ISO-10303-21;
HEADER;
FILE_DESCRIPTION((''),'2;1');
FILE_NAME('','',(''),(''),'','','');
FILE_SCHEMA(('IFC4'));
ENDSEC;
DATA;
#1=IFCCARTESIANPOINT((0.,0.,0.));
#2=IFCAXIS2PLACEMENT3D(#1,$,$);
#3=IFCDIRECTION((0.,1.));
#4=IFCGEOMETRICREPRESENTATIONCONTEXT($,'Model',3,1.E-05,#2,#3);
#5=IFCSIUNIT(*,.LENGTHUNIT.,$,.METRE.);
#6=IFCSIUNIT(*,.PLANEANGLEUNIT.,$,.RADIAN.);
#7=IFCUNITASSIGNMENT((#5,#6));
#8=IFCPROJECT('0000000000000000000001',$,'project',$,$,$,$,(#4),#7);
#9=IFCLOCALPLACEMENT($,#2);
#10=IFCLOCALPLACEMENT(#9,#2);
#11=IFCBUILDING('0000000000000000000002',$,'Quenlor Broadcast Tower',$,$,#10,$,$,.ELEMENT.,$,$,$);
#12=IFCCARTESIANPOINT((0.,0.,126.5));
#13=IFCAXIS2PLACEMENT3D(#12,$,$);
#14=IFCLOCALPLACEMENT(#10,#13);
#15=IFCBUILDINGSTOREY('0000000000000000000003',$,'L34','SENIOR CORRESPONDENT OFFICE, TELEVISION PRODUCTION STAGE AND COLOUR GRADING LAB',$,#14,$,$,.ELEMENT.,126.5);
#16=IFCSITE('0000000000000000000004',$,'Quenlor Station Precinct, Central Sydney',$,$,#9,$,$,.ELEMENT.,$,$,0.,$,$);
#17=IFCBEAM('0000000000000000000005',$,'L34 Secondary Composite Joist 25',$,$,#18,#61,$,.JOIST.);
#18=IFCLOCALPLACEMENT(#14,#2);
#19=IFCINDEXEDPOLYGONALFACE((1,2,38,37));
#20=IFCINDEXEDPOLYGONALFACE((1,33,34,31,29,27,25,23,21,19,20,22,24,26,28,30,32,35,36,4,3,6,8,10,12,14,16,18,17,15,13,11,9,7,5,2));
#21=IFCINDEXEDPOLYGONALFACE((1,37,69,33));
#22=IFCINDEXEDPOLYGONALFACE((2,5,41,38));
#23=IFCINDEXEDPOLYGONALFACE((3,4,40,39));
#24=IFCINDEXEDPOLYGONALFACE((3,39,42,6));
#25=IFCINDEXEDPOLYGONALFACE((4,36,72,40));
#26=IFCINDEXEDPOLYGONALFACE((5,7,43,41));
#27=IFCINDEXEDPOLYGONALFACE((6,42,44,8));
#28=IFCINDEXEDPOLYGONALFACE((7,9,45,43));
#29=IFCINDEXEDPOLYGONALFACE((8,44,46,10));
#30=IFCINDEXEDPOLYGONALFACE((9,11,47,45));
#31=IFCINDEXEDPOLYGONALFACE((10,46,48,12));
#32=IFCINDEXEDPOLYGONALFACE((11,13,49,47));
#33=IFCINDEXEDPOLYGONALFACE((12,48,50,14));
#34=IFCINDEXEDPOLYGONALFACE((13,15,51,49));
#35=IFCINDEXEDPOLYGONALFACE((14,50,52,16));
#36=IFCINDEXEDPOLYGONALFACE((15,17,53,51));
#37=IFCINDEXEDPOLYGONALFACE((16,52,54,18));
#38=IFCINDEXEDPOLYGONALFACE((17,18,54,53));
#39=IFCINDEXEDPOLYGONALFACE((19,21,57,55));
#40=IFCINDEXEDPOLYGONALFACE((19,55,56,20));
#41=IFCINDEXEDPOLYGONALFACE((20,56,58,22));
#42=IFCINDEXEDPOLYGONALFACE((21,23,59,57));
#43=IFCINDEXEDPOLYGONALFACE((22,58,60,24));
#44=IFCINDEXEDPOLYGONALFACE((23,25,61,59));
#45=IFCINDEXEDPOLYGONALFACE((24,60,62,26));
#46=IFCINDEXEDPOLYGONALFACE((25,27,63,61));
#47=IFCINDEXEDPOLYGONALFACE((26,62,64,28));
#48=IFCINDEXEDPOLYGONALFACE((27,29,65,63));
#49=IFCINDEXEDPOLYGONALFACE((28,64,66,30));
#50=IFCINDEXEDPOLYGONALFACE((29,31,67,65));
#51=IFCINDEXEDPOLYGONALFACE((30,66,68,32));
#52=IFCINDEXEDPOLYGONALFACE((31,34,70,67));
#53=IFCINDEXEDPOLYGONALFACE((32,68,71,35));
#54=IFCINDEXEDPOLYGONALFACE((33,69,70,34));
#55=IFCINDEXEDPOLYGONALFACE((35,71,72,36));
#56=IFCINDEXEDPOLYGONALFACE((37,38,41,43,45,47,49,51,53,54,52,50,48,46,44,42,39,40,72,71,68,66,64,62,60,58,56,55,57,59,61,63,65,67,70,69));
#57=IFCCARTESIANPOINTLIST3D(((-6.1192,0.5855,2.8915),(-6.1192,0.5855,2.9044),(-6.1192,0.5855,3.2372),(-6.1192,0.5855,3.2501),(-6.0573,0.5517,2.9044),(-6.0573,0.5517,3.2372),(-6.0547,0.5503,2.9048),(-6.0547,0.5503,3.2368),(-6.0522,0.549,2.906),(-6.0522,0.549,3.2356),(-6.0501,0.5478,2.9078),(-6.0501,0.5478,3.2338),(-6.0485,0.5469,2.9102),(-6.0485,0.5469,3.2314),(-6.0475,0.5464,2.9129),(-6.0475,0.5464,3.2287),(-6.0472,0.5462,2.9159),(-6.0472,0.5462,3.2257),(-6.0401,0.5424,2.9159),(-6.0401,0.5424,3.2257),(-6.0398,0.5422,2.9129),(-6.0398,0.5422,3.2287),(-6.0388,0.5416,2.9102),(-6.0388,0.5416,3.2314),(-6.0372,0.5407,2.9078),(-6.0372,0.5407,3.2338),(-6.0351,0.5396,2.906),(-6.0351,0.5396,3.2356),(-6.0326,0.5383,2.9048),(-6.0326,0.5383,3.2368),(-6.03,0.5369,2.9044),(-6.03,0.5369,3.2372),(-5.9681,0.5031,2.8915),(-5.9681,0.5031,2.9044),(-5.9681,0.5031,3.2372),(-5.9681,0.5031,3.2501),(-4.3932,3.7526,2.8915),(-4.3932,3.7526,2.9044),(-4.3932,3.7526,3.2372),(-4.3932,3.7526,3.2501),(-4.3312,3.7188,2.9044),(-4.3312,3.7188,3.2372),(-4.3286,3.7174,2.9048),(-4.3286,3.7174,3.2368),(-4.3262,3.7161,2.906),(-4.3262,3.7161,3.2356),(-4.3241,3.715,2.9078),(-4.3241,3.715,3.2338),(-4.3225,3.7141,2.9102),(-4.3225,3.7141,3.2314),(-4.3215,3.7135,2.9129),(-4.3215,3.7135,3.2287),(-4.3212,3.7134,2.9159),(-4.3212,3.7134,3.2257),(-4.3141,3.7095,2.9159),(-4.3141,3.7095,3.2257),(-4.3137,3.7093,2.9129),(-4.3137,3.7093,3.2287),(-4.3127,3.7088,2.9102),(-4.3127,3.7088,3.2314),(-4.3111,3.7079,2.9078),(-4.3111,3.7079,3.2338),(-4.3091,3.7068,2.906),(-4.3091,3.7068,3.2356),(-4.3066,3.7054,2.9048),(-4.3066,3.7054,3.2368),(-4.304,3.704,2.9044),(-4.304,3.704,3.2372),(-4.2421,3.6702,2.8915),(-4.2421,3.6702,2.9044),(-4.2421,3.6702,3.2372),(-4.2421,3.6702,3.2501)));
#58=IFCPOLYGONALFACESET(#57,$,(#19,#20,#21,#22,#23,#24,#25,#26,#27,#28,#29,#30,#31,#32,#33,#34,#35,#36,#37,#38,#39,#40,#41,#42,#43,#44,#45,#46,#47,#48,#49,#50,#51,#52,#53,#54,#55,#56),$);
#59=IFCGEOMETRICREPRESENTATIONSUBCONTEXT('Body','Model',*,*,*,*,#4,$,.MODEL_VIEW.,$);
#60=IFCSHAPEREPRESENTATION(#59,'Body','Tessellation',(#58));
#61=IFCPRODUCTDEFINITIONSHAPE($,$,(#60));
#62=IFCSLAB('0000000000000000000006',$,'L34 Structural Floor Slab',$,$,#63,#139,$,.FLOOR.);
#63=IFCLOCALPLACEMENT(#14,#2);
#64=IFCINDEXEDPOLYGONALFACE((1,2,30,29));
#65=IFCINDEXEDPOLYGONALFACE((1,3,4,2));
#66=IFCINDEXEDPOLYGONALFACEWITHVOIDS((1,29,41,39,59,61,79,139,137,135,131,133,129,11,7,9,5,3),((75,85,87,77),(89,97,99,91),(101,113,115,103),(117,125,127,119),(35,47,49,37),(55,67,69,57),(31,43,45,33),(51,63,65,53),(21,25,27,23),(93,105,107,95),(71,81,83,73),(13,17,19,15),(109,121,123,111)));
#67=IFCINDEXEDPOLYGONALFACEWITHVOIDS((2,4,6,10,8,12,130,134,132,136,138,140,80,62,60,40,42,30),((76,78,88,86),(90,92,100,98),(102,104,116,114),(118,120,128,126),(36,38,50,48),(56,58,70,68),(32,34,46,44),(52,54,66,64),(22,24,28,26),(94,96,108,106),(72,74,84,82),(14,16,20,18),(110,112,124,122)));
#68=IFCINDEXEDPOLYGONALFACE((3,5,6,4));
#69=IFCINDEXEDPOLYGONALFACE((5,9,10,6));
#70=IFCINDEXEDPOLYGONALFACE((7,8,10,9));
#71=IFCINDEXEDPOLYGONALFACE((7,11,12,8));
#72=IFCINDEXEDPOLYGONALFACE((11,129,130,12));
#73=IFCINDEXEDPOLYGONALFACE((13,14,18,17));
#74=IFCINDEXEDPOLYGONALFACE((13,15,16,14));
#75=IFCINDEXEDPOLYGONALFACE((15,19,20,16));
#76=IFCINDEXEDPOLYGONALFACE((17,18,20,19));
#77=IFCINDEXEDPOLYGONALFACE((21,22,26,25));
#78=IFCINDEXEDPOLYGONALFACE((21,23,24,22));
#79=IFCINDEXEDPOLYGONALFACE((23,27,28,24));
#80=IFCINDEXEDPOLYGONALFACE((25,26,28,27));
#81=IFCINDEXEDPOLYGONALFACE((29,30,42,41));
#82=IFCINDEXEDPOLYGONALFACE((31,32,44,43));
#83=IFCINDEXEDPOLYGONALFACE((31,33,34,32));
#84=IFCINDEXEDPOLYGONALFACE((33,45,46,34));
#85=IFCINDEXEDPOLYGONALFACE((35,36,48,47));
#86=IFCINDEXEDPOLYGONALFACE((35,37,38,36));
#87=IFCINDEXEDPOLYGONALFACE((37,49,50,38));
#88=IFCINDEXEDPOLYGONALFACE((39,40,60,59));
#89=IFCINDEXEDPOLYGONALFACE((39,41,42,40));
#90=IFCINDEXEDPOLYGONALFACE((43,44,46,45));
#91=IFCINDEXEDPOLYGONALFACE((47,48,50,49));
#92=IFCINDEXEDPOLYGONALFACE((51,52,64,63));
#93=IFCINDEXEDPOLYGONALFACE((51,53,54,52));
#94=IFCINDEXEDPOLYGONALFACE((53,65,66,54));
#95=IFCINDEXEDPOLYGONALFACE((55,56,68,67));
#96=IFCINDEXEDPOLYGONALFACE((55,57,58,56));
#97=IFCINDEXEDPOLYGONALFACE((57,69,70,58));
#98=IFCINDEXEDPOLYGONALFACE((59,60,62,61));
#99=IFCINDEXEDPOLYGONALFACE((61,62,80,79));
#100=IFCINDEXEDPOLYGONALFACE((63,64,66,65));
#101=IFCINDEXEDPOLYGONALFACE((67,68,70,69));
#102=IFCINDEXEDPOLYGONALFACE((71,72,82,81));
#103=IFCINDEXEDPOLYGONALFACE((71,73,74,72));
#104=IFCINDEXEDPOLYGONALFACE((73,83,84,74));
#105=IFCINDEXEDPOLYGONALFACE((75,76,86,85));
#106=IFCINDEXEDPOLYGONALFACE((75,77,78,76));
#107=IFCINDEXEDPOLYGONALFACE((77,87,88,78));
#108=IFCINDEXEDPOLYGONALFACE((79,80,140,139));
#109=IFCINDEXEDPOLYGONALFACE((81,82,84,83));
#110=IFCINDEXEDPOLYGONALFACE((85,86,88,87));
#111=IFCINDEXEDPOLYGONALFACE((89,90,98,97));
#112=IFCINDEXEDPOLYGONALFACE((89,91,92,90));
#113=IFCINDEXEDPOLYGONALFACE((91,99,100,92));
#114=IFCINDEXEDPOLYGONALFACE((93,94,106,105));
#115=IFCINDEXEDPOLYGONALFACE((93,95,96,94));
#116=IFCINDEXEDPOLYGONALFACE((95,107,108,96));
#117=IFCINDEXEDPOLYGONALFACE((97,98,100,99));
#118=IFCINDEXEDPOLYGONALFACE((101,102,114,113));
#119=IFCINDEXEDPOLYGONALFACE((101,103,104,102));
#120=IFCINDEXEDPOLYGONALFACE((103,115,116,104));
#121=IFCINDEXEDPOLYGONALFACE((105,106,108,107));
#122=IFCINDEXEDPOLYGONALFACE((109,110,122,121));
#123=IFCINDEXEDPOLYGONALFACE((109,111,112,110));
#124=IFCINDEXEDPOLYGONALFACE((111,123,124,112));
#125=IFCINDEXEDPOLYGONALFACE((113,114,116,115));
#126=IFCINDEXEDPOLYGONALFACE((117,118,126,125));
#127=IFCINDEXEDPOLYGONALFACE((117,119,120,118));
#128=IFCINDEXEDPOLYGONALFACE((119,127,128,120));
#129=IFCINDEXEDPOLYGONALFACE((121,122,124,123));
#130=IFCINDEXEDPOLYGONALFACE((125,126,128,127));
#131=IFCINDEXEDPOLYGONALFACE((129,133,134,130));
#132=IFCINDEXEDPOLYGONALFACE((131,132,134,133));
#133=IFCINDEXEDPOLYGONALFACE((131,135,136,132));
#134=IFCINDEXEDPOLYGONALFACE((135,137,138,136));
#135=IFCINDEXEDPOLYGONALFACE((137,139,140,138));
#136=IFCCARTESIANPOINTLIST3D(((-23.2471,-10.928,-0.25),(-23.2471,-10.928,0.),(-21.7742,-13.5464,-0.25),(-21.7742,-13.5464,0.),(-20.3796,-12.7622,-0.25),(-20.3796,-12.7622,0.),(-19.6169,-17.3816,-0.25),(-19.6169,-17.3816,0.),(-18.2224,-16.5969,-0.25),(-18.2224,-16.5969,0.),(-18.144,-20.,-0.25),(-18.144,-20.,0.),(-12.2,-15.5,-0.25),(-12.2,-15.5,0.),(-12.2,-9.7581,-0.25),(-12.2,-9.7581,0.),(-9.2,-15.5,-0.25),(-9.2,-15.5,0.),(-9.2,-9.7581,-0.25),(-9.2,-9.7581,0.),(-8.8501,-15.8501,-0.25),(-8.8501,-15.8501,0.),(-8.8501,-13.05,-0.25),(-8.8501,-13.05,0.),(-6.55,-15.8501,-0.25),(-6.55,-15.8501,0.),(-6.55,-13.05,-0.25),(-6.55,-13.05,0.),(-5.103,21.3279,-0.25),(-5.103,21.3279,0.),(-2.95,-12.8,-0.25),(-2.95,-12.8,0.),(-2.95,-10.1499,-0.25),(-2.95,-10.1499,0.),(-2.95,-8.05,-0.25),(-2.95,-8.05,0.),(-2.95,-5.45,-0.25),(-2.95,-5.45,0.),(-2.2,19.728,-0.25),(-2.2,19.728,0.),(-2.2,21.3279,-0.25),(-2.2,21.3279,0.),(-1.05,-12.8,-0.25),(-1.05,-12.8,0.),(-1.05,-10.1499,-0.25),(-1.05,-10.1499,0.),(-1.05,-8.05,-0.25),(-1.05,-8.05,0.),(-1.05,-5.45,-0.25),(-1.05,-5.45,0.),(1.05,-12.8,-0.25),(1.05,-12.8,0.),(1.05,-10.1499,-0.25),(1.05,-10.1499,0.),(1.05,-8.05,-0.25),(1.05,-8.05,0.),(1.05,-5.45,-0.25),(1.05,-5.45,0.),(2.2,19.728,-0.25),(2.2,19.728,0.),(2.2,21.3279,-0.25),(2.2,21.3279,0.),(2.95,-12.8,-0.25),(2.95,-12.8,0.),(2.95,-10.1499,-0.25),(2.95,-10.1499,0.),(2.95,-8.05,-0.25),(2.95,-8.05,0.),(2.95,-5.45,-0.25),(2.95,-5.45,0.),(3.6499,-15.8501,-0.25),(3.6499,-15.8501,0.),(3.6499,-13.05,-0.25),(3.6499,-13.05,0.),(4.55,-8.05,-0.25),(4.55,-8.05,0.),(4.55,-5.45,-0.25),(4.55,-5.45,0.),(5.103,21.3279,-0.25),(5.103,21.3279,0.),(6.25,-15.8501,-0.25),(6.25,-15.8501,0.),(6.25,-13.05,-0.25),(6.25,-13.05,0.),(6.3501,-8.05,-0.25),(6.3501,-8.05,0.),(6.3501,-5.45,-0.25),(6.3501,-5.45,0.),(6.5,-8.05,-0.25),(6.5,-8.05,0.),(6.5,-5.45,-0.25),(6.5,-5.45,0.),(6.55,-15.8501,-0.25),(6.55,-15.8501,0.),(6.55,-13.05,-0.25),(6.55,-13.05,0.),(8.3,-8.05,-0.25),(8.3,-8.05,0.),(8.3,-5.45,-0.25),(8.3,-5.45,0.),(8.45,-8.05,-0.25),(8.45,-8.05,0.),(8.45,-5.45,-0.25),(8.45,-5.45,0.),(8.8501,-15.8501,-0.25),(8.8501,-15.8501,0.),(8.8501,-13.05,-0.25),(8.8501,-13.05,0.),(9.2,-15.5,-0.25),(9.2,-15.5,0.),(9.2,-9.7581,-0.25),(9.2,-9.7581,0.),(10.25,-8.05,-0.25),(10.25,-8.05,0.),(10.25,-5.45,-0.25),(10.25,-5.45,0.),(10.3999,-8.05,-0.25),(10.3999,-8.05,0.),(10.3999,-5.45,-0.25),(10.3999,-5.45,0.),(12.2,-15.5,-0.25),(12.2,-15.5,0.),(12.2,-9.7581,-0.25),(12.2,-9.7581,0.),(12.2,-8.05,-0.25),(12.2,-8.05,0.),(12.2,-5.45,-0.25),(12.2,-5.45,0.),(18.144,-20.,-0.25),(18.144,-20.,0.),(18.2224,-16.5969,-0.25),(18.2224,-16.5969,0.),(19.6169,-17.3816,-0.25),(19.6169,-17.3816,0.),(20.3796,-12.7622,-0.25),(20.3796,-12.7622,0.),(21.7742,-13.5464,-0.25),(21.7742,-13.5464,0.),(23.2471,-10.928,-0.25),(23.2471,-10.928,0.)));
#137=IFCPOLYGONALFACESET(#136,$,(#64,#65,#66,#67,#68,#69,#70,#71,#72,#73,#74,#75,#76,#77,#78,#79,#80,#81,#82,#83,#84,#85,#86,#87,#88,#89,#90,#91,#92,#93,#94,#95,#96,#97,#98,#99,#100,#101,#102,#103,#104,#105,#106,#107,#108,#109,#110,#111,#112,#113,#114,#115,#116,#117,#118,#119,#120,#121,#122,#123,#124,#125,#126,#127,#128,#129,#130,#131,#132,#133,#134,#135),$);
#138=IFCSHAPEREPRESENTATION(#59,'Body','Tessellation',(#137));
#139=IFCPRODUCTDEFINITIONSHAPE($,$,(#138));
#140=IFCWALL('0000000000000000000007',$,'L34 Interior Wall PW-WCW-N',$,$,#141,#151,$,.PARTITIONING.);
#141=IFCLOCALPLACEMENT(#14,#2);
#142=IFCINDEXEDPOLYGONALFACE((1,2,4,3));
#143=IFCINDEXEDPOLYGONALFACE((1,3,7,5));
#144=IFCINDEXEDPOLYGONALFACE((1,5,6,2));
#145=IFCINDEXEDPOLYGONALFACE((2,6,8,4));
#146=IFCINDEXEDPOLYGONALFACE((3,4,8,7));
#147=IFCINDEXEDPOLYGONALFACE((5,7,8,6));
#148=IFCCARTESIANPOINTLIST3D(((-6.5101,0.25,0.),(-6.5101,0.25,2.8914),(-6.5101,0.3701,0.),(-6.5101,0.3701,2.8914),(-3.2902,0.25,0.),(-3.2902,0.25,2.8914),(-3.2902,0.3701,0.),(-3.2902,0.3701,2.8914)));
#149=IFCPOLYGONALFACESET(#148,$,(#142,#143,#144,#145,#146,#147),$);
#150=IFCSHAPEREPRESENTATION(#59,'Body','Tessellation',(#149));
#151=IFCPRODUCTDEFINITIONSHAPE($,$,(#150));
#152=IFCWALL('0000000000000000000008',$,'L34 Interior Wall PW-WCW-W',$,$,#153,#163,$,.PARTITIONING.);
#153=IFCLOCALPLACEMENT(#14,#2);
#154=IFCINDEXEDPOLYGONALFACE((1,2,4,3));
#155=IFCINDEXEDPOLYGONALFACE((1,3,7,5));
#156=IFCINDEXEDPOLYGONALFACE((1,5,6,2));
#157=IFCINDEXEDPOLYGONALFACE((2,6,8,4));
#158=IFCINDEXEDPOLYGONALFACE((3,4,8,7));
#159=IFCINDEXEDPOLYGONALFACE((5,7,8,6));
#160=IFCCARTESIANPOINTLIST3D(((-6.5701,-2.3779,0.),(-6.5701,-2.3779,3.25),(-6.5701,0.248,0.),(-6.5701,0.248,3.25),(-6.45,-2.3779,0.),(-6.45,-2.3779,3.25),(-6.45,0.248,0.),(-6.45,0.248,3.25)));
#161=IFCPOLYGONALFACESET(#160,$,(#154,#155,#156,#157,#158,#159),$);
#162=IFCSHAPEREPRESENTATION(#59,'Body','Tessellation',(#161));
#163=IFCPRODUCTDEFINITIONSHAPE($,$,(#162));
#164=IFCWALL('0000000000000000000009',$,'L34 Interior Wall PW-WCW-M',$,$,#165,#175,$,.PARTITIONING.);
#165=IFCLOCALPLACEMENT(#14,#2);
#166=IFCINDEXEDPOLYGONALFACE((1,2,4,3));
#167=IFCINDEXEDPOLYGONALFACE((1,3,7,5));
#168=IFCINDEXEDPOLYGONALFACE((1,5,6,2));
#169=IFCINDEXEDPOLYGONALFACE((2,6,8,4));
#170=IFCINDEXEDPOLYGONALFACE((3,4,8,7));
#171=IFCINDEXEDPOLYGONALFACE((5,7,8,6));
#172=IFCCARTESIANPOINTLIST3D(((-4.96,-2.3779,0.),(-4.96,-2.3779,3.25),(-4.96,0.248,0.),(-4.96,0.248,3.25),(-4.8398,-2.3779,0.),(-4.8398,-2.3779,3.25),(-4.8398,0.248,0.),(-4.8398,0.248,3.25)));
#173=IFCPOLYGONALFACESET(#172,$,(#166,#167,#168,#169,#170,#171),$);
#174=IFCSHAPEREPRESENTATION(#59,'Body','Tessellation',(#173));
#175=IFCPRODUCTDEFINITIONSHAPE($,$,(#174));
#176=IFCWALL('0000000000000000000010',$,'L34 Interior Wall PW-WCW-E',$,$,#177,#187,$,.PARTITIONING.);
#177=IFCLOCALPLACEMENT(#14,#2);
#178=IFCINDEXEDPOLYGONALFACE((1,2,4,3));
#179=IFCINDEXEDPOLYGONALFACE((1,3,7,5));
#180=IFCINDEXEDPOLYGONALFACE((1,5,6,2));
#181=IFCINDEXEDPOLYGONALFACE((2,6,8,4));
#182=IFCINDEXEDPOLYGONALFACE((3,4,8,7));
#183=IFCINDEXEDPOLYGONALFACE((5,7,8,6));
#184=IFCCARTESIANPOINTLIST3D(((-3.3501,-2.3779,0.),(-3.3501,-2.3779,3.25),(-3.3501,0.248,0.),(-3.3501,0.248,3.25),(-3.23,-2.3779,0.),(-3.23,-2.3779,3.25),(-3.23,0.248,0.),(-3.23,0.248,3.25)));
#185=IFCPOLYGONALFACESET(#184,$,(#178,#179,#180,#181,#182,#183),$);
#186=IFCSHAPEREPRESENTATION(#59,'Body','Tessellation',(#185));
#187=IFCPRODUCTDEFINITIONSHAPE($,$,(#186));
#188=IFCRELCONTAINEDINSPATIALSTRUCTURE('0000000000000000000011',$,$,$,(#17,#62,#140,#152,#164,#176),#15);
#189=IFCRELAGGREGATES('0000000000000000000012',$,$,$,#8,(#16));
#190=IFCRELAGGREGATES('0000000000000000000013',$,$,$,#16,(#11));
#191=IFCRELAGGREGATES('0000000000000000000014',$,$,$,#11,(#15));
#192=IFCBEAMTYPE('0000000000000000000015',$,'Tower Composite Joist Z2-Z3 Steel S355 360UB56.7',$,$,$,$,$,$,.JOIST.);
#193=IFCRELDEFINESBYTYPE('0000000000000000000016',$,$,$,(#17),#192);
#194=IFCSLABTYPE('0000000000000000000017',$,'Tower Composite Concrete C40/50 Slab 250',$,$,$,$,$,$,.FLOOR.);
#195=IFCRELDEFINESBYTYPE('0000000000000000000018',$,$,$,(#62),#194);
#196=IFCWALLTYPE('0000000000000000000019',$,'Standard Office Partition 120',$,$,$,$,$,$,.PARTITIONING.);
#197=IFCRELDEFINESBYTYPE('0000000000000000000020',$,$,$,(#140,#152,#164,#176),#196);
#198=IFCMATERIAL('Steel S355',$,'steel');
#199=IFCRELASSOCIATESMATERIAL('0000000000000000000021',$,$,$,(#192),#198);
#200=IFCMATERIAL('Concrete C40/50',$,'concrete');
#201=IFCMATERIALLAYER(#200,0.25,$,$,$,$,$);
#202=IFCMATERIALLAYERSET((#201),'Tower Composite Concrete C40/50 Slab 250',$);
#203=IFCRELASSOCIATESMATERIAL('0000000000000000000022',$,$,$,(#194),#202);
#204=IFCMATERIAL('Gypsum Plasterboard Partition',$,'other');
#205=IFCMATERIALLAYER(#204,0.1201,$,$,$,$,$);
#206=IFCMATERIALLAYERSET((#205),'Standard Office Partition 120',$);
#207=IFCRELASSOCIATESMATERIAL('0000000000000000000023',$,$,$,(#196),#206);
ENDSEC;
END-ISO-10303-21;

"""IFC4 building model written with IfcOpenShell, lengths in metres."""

from ifc_helpers import new_model, si_unit, direction, frame, frame_2d, origin, origin_2d, place, context, subcontext, project, spatial, polyline, rectangle, i_section, outline, extrude, material, layer, layer_set, material_profile, profile_set, type_object, element, save


model = new_model("IFC4")

# Units and contexts
model_context = context("Model", 3, precision=1e-05, world=origin(), true_north=direction((0.0, 1.0)))
body_context = subcontext(model_context, "Body", "Model", "MODEL_VIEW")
ifc_project = project(units=[si_unit("LENGTHUNIT", "METRE"), si_unit("PLANEANGLEUNIT", "RADIAN")], contexts=[model_context])

# Site, building, storey
site_placement = place(None, origin())
site = spatial("IfcSite", under=ifc_project, at=site_placement, Name="Quenlor Station Precinct, Central Sydney", CompositionType="ELEMENT", RefElevation=0.0)
building_placement = place(site_placement, origin())
building = spatial("IfcBuilding", under=site, at=building_placement, Name="Quenlor Broadcast Tower", CompositionType="ELEMENT")
storey_placement = place(building_placement, frame((0.0, 0.0, 126.5)))
storey = spatial("IfcBuildingStorey", under=building, at=storey_placement, Name="L34", Description="SENIOR CORRESPONDENT OFFICE, TELEVISION PRODUCTION STAGE AND COLOUR GRADING LAB", CompositionType="ELEMENT", Elevation=126.5)

# Beam
ifc_material_1 = material(Name="Steel S355", Category="steel")
ifc_material_profile = material_profile(ifc_material_1, i_section(OverallWidth=0.1721, OverallDepth=0.3586, WebThickness=0.0081, FlangeThickness=0.0129, FilletRadius=0.0115, at=origin_2d()))
ifc_profile_set = profile_set([ifc_material_profile], Name="Steel S355 360UB56.7")
beam_type = type_object("IfcBeamType", Name="Tower Composite Joist Z2-Z3 Steel S355 360UB56.7", PredefinedType="JOIST", material=ifc_profile_set)
beam_1_placement = place(storey_placement, frame((-4.3176, 3.7114, 3.0708), z_axis=(-0.47853, -0.878071, 0.0), x_axis=(0.878071, -0.47853, 0.0)))
element("IfcBeam", 1, at=beam_1_placement, inside=storey, type_object=beam_type, Name="L34 Secondary Composite Joist 25", PredefinedType="JOIST", context=body_context, shape_type="SweptSolid", body=[
    extrude(i_section(OverallWidth=0.1721, OverallDepth=0.3586, WebThickness=0.0081, FlangeThickness=0.0129, FilletRadius=0.0115, at=origin_2d()), origin(), (0.0, 0.0, 1.0), 3.6069),
])

# Slab
ifc_material_2 = material(Name="Concrete C40/50", Category="concrete")
ifc_layer_1 = layer(ifc_material_2, 0.25)
ifc_layer_set_1 = layer_set([ifc_layer_1], Name="Tower Composite Concrete C40/50 Slab 250")
slab_type = type_object("IfcSlabType", Name="Tower Composite Concrete C40/50 Slab 250", PredefinedType="FLOOR", material=ifc_layer_set_1)
slab_placement = place(storey_placement, frame((0.0, 0.0, -0.25)))
element("IfcSlab", 2, at=slab_placement, inside=storey, type_object=slab_type, Name="L34 Structural Floor Slab", PredefinedType="FLOOR", context=body_context, shape_type="SweptSolid", body=[
    extrude(outline(polyline([(18.144, -20.0), (19.6169, -17.3816), (18.2224, -16.5969), (20.3796, -12.7622), (21.7742, -13.5464), (23.2471, -10.928), (5.103, 21.3279), (2.2, 21.3279), (2.2, 19.728), (-2.2, 19.728), (-2.2, 21.3279), (-5.103, 21.3279), (-23.2471, -10.928), (-21.7742, -13.5464), (-20.3796, -12.7622), (-18.2224, -16.5969), (-19.6169, -17.3816), (-18.144, -20.0), (18.144, -20.0)]), holes=[polyline([(-12.2, -9.7581), (-12.2, -15.5), (-9.2, -15.5), (-9.2, -9.7581), (-12.2, -9.7581)]), polyline([(9.2, -9.7581), (9.2, -15.5), (12.2, -15.5), (12.2, -9.7581), (9.2, -9.7581)]), polyline([(-2.95, -8.05), (-1.05, -8.05), (-1.05, -5.45), (-2.95, -5.45), (-2.95, -8.05)]), polyline([(1.05, -8.05), (2.95, -8.05), (2.95, -5.45), (1.05, -5.45), (1.05, -8.05)]), polyline([(-2.95, -12.8), (-1.05, -12.8), (-1.05, -10.1499), (-2.95, -10.1499), (-2.95, -12.8)]), polyline([(1.05, -12.8), (2.95, -12.8), (2.95, -10.1499), (1.05, -10.1499), (1.05, -12.8)]), polyline([(4.55, -8.05), (6.3501, -8.05), (6.3501, -5.45), (4.55, -5.45), (4.55, -8.05)]), polyline([(6.5, -8.05), (8.3, -8.05), (8.3, -5.45), (6.5, -5.45), (6.5, -8.05)]), polyline([(8.45, -8.05), (10.25, -8.05), (10.25, -5.45), (8.45, -5.45), (8.45, -8.05)]), polyline([(10.3999, -8.05), (12.2, -8.05), (12.2, -5.45), (10.3999, -5.45), (10.3999, -8.05)]), polyline([(-8.8501, -15.8501), (-6.55, -15.8501), (-6.55, -13.05), (-8.8501, -13.05), (-8.8501, -15.8501)]), polyline([(6.55, -15.8501), (8.8501, -15.8501), (8.8501, -13.05), (6.55, -13.05), (6.55, -15.8501)]), polyline([(3.6499, -15.8501), (6.25, -15.8501), (6.25, -13.05), (3.6499, -13.05), (3.6499, -15.8501)])]), origin(), (0.0, 0.0, 1.0), 0.25),
])

# Walls
ifc_material_3 = material(Name="Gypsum Plasterboard Partition", Category="other")
ifc_layer_2 = layer(ifc_material_3, 0.1201)
ifc_layer_set_2 = layer_set([ifc_layer_2], Name="Standard Office Partition 120")
wall_type = type_object("IfcWallType", Name="Standard Office Partition 120", PredefinedType="PARTITIONING", material=ifc_layer_set_2)
wall_1_placement = place(storey_placement, frame((-6.51, 0.3101, 0.0), z_axis=(0.0, 0.0, 1.0), x_axis=(1.0, 0.0, 0.0)))
element("IfcWall", 3, at=wall_1_placement, inside=storey, type_object=wall_type, Name="L34 Interior Wall PW-WCW-N", PredefinedType="PARTITIONING", context=body_context, shape_type="SweptSolid", body=[
    extrude(rectangle(XDim=3.22, YDim=0.1201, at=frame_2d((1.6099, 0.0))), origin(), (0.0, 0.0, 1.0), 2.8914),
])
for number, where, z_axis, x_axis, name in (
    (4, (-6.51, -2.3779, 0.0), (0.0, 0.0, 1.0), (0.0, 1.0, 0.0), "L34 Interior Wall PW-WCW-W"),
    (5, (-4.8999, -2.3779, 0.0), (0.0, 0.0, 1.0), (0.0, 1.0, 0.0), "L34 Interior Wall PW-WCW-M"),
    (6, (-3.29, -2.3779, 0.0), (0.0, 0.0, 1.0), (0.0, 1.0, 0.0), "L34 Interior Wall PW-WCW-E"),
):
    element("IfcWall", number, at=place(storey_placement, frame(where, z_axis=z_axis, x_axis=x_axis)), inside=storey, type_object=wall_type, Name=name, PredefinedType="PARTITIONING", context=body_context, shape_type="SweptSolid", body=[
        extrude(rectangle(XDim=2.626, YDim=0.1201, at=frame_2d((1.313, 0.0))), origin(), (0.0, 0.0, 1.0), 3.25),
    ])

save(model, "model.ifc")
